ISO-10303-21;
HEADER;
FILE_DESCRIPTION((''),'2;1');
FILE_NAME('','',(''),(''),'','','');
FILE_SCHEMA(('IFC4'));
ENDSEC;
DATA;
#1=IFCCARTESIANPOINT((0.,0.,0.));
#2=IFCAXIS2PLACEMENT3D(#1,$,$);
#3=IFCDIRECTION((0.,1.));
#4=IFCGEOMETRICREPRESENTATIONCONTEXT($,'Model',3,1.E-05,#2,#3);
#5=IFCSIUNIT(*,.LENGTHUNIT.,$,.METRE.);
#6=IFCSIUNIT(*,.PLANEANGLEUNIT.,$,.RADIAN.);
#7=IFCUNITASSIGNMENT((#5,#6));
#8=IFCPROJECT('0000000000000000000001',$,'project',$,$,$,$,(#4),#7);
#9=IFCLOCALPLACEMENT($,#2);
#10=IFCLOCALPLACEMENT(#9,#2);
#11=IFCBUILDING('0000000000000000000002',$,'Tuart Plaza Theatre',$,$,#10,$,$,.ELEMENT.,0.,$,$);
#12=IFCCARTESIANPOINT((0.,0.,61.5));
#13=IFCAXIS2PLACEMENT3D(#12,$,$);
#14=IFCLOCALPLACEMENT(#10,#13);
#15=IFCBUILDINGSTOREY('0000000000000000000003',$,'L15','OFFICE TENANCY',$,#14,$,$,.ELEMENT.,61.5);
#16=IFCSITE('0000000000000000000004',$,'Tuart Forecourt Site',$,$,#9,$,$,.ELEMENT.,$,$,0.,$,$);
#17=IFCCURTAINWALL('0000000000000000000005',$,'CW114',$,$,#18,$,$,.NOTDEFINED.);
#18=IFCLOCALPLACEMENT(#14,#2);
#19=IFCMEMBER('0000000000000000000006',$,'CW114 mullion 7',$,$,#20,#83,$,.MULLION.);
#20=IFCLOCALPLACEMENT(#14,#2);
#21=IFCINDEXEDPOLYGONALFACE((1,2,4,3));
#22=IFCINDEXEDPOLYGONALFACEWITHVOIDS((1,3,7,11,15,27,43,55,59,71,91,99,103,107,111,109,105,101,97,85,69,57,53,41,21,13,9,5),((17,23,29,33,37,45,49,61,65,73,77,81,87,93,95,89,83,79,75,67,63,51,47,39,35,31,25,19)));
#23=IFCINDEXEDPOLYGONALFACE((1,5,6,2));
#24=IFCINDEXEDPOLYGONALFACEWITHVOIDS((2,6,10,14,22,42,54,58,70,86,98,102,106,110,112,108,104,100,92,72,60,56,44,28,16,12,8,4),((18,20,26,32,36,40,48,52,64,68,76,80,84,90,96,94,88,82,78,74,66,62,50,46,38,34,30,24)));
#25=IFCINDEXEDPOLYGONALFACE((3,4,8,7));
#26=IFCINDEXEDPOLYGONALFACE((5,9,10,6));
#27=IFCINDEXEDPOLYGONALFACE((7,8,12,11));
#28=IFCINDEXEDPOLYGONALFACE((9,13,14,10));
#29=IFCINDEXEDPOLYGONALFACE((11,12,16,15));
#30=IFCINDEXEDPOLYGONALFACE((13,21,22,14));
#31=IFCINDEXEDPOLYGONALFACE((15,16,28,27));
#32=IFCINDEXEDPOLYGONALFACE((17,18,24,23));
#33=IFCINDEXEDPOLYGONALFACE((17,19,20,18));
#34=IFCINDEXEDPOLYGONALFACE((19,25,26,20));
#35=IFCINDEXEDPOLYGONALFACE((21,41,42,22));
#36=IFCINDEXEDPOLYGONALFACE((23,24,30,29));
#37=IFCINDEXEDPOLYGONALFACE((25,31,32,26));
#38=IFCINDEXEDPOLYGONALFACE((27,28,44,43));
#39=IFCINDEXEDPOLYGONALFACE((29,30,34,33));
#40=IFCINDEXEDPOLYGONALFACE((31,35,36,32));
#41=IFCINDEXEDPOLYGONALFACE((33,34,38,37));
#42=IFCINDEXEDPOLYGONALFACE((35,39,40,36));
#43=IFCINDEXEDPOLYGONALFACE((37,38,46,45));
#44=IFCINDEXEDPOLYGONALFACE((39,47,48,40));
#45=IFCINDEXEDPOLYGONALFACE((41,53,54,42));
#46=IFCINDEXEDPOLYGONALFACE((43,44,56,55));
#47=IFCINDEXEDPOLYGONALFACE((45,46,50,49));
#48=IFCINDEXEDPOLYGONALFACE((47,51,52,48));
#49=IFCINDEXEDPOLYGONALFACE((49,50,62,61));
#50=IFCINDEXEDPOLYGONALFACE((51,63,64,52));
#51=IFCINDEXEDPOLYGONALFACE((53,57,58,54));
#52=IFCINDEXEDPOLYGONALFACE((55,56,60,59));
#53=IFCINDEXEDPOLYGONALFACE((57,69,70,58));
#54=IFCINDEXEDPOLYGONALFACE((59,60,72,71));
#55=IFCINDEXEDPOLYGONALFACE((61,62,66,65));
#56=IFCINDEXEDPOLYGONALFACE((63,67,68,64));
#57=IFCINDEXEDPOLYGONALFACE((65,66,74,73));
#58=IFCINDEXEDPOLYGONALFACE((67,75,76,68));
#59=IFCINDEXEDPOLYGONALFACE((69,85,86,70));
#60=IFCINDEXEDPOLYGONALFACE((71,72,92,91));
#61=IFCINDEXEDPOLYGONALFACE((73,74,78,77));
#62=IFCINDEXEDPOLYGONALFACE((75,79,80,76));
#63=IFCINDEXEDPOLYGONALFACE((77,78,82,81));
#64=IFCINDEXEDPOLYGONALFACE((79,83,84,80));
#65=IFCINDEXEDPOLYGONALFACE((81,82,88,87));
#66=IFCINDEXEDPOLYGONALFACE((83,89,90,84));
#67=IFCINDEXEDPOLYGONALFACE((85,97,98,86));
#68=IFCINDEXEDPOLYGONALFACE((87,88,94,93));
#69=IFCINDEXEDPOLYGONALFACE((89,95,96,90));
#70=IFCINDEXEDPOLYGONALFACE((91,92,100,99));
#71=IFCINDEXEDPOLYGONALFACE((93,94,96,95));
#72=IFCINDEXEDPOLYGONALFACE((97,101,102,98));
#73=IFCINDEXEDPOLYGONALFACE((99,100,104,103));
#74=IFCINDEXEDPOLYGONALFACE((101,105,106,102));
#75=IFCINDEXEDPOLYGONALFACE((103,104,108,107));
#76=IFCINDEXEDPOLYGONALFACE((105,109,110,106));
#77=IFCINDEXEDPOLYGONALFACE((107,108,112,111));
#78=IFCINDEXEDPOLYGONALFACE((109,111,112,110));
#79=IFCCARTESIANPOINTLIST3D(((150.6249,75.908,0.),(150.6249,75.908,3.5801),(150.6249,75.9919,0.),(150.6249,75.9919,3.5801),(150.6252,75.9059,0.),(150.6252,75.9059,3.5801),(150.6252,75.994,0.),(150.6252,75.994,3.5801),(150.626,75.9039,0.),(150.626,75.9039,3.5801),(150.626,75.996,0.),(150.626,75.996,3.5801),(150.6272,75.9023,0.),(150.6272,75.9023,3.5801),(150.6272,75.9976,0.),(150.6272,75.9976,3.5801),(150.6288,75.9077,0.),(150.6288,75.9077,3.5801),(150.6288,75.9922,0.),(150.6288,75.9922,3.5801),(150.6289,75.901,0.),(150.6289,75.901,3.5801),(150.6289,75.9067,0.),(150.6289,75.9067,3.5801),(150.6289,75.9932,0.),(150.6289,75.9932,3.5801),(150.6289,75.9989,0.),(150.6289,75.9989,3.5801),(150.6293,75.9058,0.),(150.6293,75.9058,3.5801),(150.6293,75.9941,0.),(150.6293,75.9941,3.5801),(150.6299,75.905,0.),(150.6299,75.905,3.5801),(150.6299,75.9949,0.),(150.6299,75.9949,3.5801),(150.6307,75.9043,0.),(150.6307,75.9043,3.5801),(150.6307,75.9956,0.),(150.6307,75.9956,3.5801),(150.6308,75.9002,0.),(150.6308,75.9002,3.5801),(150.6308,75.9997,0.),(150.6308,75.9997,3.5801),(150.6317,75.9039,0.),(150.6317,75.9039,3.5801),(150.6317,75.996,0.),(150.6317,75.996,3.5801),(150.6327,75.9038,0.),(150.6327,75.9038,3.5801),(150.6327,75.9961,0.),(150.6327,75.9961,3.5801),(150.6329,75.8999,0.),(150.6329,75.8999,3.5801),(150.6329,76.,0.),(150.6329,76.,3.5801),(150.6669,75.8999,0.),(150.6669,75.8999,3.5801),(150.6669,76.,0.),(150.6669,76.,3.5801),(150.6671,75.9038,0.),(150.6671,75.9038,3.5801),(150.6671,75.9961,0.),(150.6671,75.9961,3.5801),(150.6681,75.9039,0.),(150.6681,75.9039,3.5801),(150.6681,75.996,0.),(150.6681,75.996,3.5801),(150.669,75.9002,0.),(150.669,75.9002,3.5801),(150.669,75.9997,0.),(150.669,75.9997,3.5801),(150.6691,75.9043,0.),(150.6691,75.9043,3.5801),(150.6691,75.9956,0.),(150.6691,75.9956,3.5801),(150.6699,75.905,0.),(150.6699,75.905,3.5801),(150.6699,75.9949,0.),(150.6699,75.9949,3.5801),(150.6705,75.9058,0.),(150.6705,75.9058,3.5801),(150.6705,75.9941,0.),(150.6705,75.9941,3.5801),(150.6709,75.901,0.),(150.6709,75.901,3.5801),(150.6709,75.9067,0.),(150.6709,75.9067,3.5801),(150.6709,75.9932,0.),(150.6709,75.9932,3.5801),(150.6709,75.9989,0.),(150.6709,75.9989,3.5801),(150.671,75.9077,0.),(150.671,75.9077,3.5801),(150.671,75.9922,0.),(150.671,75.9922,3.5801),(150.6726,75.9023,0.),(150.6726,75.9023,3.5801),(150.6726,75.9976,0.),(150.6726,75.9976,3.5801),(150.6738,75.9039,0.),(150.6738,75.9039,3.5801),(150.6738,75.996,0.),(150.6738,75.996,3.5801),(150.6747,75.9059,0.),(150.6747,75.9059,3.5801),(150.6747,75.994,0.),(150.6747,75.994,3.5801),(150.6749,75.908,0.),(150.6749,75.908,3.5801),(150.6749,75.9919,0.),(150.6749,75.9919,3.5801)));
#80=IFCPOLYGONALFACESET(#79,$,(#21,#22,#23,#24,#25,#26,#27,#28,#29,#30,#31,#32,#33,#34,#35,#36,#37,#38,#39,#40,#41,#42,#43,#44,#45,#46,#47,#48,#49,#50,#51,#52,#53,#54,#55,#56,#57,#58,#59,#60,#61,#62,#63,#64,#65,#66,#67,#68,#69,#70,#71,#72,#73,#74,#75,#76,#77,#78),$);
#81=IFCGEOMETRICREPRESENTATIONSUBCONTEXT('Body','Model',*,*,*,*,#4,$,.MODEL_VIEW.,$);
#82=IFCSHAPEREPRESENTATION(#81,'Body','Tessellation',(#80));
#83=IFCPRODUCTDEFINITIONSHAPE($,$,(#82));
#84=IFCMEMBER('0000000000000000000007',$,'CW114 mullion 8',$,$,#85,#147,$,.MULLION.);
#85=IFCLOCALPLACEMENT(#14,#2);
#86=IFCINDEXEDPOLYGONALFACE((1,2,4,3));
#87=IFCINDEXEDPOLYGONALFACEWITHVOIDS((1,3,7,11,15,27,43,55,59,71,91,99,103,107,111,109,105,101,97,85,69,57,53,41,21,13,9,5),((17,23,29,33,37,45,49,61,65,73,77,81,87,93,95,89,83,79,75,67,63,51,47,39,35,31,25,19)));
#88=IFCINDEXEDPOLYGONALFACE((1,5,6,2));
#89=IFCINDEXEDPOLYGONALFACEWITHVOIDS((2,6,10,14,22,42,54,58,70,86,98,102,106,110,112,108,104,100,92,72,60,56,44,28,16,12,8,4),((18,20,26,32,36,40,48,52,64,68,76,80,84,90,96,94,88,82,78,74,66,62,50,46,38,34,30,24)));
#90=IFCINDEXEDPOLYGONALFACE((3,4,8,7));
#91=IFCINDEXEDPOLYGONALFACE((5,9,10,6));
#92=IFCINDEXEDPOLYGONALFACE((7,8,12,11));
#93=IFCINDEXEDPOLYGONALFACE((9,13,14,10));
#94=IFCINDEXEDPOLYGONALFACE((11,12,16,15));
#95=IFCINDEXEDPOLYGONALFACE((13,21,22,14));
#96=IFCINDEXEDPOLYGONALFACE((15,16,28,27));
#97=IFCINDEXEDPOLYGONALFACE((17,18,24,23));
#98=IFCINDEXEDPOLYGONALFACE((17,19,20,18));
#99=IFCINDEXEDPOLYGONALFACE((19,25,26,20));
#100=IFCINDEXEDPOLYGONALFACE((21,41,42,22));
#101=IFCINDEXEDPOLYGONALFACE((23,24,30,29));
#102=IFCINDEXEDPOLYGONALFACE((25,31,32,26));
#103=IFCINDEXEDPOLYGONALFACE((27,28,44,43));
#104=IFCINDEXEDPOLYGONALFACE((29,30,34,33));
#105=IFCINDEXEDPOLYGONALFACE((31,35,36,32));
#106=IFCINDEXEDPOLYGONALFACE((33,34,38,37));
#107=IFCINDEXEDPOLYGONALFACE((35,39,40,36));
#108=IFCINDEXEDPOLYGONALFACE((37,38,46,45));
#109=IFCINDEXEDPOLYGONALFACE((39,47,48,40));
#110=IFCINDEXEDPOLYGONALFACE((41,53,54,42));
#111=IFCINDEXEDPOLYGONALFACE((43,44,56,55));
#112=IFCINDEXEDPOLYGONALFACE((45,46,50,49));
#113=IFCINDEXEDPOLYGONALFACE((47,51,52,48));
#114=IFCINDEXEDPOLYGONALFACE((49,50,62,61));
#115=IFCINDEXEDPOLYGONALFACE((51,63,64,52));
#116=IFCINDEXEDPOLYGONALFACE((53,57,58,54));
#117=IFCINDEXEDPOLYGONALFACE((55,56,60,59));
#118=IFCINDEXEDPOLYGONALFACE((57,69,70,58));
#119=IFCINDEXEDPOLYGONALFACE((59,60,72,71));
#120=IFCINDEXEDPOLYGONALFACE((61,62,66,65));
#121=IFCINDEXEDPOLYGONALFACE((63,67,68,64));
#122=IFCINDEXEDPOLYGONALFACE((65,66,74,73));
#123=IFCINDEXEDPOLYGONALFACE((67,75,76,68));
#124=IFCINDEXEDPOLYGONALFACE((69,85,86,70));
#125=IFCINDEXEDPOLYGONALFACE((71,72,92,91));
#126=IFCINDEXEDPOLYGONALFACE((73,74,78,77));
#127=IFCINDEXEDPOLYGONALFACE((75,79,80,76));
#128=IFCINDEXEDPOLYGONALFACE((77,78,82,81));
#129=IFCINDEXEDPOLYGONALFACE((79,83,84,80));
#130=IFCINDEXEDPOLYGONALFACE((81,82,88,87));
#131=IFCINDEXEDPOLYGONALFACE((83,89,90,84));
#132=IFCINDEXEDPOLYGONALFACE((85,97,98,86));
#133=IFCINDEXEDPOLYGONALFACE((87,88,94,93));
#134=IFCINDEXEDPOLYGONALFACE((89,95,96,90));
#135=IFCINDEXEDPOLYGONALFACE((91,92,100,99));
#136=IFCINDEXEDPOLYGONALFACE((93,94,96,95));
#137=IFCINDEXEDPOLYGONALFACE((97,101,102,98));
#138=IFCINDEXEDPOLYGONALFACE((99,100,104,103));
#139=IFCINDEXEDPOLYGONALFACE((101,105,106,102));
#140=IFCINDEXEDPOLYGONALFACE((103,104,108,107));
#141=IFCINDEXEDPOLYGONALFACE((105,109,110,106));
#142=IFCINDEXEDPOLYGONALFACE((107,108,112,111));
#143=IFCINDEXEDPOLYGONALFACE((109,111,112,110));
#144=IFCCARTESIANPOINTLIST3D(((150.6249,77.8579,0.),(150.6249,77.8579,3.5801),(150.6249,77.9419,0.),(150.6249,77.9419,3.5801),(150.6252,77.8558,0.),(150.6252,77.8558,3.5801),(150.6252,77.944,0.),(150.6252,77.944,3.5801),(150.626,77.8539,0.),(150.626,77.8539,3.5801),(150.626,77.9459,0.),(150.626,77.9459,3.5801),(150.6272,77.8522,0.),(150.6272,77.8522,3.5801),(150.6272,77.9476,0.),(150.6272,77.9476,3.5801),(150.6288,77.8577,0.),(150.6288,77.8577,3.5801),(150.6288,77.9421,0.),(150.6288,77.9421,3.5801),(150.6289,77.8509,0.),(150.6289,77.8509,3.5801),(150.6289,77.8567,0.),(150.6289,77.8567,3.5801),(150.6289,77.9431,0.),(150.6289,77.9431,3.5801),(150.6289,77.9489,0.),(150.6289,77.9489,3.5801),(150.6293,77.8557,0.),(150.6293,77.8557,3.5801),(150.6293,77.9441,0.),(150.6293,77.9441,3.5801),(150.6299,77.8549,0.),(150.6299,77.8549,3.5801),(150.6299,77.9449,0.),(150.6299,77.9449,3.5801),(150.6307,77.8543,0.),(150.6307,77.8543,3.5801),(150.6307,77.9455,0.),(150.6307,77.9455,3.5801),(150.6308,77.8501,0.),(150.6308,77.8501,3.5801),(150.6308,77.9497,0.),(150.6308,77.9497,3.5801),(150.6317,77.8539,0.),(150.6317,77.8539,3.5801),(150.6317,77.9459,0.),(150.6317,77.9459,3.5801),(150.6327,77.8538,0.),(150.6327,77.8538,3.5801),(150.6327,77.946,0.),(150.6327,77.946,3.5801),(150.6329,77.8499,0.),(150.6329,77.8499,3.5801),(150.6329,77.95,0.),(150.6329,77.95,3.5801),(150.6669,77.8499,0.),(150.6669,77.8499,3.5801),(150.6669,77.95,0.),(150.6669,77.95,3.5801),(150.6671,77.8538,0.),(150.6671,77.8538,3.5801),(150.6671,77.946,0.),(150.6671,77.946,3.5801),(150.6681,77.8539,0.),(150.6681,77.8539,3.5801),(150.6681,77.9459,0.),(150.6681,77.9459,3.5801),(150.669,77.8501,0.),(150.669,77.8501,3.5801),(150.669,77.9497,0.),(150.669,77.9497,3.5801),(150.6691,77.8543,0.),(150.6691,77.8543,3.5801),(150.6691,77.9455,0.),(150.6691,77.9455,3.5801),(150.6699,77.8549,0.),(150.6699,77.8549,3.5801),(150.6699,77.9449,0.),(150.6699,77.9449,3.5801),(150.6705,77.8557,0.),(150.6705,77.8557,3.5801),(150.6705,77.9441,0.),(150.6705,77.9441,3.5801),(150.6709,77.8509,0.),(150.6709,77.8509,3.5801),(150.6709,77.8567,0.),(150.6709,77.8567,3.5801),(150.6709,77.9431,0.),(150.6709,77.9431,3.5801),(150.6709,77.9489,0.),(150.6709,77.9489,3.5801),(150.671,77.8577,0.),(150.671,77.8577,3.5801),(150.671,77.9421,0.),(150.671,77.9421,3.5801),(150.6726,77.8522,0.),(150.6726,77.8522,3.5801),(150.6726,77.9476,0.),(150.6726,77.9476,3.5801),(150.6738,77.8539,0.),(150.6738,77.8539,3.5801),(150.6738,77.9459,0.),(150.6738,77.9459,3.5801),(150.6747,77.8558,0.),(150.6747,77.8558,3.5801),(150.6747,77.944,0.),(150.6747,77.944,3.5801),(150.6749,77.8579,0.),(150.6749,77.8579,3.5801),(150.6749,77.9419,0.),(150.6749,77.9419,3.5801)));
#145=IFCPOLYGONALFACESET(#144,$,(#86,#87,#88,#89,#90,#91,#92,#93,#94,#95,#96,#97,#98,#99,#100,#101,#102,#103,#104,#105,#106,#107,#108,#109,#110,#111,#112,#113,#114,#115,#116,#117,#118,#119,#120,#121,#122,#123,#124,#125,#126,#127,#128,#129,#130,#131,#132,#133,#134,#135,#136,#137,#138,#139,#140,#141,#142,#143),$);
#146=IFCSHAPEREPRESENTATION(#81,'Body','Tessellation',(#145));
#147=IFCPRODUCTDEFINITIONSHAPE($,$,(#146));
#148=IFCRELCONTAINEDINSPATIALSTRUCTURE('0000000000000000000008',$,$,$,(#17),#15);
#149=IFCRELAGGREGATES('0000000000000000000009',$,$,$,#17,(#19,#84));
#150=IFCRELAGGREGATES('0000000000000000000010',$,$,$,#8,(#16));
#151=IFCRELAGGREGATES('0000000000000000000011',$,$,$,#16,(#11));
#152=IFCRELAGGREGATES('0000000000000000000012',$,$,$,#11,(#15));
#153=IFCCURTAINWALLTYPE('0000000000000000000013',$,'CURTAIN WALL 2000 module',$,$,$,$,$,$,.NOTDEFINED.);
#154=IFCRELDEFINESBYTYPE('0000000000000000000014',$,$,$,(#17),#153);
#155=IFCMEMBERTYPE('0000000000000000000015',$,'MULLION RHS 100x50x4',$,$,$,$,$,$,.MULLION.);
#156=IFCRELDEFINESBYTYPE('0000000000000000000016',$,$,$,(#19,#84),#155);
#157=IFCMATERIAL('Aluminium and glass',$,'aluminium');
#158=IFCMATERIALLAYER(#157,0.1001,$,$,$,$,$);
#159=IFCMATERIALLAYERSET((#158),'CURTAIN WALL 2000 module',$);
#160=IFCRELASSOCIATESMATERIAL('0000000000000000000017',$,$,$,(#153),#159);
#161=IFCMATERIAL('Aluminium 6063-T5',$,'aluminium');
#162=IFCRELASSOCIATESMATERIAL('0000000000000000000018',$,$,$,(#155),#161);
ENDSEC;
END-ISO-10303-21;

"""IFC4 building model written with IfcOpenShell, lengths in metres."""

from ifc_helpers import new_model, si_unit, direction, frame, origin, origin_2d, place, context, subcontext, project, spatial, hollow_rectangle, extrude, material, layer, layer_set, material_profile, profile_set, type_object, element, aggregate, save


model = new_model("IFC4")

# Units and contexts
model_context = context("Model", 3, precision=1e-05, world=origin(), true_north=direction((0.0, 1.0)))
body_context = subcontext(model_context, "Body", "Model", "MODEL_VIEW")
ifc_project = project(units=[si_unit("LENGTHUNIT", "METRE"), si_unit("PLANEANGLEUNIT", "RADIAN")], contexts=[model_context])

# Site, building, storey
site_placement = place(None, origin())
site = spatial("IfcSite", under=ifc_project, at=site_placement, Name="Tuart Forecourt Site", CompositionType="ELEMENT", RefElevation=0.0)
building_placement = place(site_placement, origin())
building = spatial("IfcBuilding", under=site, at=building_placement, Name="Tuart Plaza Theatre", CompositionType="ELEMENT", ElevationOfRefHeight=0.0)
storey_placement = place(building_placement, frame((0.0, 0.0, 61.5)))
storey = spatial("IfcBuildingStorey", under=building, at=storey_placement, Name="L15", Description="OFFICE TENANCY", CompositionType="ELEMENT", Elevation=61.5)

# Curtain wall, members
ifc_material_1 = material(Name="Aluminium and glass", Category="aluminium")
ifc_layer_1 = layer(ifc_material_1, 0.1001)
ifc_layer_set_1 = layer_set([ifc_layer_1], Name="CURTAIN WALL 2000 module")
curtain_wall_type = type_object("IfcCurtainWallType", Name="CURTAIN WALL 2000 module", PredefinedType="NOTDEFINED", material=ifc_layer_set_1)
curtain_wall_placement = place(storey_placement, origin())
curtain_wall = element("IfcCurtainWall", 1, at=curtain_wall_placement, inside=storey, type_object=curtain_wall_type, Name="CW114", PredefinedType="NOTDEFINED")
ifc_material_2 = material(Name="Aluminium 6063-T5", Category="aluminium")
ifc_material_profile_1 = material_profile(ifc_material_2, hollow_rectangle(XDim=0.05, YDim=0.1001, WallThickness=0.0039, InnerFilletRadius=0.0039, OuterFilletRadius=0.0081, at=origin_2d()), Name="RHS 100x50x4")
ifc_profile_set_1 = profile_set([ifc_material_profile_1], Name="Aluminium 6063-T5")
member_type_1 = type_object("IfcMemberType", Name="MULLION RHS 100x50x4", PredefinedType="MULLION", material=ifc_profile_set_1)
member_1_placement = place(storey_placement, frame((150.6499, 75.95, 0.0), z_axis=(0.0, 0.0, 1.0), x_axis=(-1.0, 0.0, 0.0)))
member_1 = element("IfcMember", 2, at=member_1_placement, type_object=member_type_1, Name="CW114 mullion 7", PredefinedType="MULLION", context=body_context, shape_type="SweptSolid", body=[
    extrude(hollow_rectangle(XDim=0.05, YDim=0.1001, WallThickness=0.0039, InnerFilletRadius=0.0039, OuterFilletRadius=0.0081, at=origin_2d()), origin(), (0.0, 0.0, 1.0), 3.5801),
])
member_2_placement = place(storey_placement, frame((150.6499, 77.8999, 0.0), z_axis=(0.0, 0.0, 1.0), x_axis=(-1.0, 0.0, 0.0)))
member_2 = element("IfcMember", 3, at=member_2_placement, type_object=member_type_1, Name="CW114 mullion 8", PredefinedType="MULLION", context=body_context, shape_type="SweptSolid", body=[
    extrude(hollow_rectangle(XDim=0.05, YDim=0.1001, WallThickness=0.0039, InnerFilletRadius=0.0039, OuterFilletRadius=0.0081, at=origin_2d()), origin(), (0.0, 0.0, 1.0), 3.5801),
])
aggregate(curtain_wall, [member_1, member_2])

save(model, "model.ifc")
